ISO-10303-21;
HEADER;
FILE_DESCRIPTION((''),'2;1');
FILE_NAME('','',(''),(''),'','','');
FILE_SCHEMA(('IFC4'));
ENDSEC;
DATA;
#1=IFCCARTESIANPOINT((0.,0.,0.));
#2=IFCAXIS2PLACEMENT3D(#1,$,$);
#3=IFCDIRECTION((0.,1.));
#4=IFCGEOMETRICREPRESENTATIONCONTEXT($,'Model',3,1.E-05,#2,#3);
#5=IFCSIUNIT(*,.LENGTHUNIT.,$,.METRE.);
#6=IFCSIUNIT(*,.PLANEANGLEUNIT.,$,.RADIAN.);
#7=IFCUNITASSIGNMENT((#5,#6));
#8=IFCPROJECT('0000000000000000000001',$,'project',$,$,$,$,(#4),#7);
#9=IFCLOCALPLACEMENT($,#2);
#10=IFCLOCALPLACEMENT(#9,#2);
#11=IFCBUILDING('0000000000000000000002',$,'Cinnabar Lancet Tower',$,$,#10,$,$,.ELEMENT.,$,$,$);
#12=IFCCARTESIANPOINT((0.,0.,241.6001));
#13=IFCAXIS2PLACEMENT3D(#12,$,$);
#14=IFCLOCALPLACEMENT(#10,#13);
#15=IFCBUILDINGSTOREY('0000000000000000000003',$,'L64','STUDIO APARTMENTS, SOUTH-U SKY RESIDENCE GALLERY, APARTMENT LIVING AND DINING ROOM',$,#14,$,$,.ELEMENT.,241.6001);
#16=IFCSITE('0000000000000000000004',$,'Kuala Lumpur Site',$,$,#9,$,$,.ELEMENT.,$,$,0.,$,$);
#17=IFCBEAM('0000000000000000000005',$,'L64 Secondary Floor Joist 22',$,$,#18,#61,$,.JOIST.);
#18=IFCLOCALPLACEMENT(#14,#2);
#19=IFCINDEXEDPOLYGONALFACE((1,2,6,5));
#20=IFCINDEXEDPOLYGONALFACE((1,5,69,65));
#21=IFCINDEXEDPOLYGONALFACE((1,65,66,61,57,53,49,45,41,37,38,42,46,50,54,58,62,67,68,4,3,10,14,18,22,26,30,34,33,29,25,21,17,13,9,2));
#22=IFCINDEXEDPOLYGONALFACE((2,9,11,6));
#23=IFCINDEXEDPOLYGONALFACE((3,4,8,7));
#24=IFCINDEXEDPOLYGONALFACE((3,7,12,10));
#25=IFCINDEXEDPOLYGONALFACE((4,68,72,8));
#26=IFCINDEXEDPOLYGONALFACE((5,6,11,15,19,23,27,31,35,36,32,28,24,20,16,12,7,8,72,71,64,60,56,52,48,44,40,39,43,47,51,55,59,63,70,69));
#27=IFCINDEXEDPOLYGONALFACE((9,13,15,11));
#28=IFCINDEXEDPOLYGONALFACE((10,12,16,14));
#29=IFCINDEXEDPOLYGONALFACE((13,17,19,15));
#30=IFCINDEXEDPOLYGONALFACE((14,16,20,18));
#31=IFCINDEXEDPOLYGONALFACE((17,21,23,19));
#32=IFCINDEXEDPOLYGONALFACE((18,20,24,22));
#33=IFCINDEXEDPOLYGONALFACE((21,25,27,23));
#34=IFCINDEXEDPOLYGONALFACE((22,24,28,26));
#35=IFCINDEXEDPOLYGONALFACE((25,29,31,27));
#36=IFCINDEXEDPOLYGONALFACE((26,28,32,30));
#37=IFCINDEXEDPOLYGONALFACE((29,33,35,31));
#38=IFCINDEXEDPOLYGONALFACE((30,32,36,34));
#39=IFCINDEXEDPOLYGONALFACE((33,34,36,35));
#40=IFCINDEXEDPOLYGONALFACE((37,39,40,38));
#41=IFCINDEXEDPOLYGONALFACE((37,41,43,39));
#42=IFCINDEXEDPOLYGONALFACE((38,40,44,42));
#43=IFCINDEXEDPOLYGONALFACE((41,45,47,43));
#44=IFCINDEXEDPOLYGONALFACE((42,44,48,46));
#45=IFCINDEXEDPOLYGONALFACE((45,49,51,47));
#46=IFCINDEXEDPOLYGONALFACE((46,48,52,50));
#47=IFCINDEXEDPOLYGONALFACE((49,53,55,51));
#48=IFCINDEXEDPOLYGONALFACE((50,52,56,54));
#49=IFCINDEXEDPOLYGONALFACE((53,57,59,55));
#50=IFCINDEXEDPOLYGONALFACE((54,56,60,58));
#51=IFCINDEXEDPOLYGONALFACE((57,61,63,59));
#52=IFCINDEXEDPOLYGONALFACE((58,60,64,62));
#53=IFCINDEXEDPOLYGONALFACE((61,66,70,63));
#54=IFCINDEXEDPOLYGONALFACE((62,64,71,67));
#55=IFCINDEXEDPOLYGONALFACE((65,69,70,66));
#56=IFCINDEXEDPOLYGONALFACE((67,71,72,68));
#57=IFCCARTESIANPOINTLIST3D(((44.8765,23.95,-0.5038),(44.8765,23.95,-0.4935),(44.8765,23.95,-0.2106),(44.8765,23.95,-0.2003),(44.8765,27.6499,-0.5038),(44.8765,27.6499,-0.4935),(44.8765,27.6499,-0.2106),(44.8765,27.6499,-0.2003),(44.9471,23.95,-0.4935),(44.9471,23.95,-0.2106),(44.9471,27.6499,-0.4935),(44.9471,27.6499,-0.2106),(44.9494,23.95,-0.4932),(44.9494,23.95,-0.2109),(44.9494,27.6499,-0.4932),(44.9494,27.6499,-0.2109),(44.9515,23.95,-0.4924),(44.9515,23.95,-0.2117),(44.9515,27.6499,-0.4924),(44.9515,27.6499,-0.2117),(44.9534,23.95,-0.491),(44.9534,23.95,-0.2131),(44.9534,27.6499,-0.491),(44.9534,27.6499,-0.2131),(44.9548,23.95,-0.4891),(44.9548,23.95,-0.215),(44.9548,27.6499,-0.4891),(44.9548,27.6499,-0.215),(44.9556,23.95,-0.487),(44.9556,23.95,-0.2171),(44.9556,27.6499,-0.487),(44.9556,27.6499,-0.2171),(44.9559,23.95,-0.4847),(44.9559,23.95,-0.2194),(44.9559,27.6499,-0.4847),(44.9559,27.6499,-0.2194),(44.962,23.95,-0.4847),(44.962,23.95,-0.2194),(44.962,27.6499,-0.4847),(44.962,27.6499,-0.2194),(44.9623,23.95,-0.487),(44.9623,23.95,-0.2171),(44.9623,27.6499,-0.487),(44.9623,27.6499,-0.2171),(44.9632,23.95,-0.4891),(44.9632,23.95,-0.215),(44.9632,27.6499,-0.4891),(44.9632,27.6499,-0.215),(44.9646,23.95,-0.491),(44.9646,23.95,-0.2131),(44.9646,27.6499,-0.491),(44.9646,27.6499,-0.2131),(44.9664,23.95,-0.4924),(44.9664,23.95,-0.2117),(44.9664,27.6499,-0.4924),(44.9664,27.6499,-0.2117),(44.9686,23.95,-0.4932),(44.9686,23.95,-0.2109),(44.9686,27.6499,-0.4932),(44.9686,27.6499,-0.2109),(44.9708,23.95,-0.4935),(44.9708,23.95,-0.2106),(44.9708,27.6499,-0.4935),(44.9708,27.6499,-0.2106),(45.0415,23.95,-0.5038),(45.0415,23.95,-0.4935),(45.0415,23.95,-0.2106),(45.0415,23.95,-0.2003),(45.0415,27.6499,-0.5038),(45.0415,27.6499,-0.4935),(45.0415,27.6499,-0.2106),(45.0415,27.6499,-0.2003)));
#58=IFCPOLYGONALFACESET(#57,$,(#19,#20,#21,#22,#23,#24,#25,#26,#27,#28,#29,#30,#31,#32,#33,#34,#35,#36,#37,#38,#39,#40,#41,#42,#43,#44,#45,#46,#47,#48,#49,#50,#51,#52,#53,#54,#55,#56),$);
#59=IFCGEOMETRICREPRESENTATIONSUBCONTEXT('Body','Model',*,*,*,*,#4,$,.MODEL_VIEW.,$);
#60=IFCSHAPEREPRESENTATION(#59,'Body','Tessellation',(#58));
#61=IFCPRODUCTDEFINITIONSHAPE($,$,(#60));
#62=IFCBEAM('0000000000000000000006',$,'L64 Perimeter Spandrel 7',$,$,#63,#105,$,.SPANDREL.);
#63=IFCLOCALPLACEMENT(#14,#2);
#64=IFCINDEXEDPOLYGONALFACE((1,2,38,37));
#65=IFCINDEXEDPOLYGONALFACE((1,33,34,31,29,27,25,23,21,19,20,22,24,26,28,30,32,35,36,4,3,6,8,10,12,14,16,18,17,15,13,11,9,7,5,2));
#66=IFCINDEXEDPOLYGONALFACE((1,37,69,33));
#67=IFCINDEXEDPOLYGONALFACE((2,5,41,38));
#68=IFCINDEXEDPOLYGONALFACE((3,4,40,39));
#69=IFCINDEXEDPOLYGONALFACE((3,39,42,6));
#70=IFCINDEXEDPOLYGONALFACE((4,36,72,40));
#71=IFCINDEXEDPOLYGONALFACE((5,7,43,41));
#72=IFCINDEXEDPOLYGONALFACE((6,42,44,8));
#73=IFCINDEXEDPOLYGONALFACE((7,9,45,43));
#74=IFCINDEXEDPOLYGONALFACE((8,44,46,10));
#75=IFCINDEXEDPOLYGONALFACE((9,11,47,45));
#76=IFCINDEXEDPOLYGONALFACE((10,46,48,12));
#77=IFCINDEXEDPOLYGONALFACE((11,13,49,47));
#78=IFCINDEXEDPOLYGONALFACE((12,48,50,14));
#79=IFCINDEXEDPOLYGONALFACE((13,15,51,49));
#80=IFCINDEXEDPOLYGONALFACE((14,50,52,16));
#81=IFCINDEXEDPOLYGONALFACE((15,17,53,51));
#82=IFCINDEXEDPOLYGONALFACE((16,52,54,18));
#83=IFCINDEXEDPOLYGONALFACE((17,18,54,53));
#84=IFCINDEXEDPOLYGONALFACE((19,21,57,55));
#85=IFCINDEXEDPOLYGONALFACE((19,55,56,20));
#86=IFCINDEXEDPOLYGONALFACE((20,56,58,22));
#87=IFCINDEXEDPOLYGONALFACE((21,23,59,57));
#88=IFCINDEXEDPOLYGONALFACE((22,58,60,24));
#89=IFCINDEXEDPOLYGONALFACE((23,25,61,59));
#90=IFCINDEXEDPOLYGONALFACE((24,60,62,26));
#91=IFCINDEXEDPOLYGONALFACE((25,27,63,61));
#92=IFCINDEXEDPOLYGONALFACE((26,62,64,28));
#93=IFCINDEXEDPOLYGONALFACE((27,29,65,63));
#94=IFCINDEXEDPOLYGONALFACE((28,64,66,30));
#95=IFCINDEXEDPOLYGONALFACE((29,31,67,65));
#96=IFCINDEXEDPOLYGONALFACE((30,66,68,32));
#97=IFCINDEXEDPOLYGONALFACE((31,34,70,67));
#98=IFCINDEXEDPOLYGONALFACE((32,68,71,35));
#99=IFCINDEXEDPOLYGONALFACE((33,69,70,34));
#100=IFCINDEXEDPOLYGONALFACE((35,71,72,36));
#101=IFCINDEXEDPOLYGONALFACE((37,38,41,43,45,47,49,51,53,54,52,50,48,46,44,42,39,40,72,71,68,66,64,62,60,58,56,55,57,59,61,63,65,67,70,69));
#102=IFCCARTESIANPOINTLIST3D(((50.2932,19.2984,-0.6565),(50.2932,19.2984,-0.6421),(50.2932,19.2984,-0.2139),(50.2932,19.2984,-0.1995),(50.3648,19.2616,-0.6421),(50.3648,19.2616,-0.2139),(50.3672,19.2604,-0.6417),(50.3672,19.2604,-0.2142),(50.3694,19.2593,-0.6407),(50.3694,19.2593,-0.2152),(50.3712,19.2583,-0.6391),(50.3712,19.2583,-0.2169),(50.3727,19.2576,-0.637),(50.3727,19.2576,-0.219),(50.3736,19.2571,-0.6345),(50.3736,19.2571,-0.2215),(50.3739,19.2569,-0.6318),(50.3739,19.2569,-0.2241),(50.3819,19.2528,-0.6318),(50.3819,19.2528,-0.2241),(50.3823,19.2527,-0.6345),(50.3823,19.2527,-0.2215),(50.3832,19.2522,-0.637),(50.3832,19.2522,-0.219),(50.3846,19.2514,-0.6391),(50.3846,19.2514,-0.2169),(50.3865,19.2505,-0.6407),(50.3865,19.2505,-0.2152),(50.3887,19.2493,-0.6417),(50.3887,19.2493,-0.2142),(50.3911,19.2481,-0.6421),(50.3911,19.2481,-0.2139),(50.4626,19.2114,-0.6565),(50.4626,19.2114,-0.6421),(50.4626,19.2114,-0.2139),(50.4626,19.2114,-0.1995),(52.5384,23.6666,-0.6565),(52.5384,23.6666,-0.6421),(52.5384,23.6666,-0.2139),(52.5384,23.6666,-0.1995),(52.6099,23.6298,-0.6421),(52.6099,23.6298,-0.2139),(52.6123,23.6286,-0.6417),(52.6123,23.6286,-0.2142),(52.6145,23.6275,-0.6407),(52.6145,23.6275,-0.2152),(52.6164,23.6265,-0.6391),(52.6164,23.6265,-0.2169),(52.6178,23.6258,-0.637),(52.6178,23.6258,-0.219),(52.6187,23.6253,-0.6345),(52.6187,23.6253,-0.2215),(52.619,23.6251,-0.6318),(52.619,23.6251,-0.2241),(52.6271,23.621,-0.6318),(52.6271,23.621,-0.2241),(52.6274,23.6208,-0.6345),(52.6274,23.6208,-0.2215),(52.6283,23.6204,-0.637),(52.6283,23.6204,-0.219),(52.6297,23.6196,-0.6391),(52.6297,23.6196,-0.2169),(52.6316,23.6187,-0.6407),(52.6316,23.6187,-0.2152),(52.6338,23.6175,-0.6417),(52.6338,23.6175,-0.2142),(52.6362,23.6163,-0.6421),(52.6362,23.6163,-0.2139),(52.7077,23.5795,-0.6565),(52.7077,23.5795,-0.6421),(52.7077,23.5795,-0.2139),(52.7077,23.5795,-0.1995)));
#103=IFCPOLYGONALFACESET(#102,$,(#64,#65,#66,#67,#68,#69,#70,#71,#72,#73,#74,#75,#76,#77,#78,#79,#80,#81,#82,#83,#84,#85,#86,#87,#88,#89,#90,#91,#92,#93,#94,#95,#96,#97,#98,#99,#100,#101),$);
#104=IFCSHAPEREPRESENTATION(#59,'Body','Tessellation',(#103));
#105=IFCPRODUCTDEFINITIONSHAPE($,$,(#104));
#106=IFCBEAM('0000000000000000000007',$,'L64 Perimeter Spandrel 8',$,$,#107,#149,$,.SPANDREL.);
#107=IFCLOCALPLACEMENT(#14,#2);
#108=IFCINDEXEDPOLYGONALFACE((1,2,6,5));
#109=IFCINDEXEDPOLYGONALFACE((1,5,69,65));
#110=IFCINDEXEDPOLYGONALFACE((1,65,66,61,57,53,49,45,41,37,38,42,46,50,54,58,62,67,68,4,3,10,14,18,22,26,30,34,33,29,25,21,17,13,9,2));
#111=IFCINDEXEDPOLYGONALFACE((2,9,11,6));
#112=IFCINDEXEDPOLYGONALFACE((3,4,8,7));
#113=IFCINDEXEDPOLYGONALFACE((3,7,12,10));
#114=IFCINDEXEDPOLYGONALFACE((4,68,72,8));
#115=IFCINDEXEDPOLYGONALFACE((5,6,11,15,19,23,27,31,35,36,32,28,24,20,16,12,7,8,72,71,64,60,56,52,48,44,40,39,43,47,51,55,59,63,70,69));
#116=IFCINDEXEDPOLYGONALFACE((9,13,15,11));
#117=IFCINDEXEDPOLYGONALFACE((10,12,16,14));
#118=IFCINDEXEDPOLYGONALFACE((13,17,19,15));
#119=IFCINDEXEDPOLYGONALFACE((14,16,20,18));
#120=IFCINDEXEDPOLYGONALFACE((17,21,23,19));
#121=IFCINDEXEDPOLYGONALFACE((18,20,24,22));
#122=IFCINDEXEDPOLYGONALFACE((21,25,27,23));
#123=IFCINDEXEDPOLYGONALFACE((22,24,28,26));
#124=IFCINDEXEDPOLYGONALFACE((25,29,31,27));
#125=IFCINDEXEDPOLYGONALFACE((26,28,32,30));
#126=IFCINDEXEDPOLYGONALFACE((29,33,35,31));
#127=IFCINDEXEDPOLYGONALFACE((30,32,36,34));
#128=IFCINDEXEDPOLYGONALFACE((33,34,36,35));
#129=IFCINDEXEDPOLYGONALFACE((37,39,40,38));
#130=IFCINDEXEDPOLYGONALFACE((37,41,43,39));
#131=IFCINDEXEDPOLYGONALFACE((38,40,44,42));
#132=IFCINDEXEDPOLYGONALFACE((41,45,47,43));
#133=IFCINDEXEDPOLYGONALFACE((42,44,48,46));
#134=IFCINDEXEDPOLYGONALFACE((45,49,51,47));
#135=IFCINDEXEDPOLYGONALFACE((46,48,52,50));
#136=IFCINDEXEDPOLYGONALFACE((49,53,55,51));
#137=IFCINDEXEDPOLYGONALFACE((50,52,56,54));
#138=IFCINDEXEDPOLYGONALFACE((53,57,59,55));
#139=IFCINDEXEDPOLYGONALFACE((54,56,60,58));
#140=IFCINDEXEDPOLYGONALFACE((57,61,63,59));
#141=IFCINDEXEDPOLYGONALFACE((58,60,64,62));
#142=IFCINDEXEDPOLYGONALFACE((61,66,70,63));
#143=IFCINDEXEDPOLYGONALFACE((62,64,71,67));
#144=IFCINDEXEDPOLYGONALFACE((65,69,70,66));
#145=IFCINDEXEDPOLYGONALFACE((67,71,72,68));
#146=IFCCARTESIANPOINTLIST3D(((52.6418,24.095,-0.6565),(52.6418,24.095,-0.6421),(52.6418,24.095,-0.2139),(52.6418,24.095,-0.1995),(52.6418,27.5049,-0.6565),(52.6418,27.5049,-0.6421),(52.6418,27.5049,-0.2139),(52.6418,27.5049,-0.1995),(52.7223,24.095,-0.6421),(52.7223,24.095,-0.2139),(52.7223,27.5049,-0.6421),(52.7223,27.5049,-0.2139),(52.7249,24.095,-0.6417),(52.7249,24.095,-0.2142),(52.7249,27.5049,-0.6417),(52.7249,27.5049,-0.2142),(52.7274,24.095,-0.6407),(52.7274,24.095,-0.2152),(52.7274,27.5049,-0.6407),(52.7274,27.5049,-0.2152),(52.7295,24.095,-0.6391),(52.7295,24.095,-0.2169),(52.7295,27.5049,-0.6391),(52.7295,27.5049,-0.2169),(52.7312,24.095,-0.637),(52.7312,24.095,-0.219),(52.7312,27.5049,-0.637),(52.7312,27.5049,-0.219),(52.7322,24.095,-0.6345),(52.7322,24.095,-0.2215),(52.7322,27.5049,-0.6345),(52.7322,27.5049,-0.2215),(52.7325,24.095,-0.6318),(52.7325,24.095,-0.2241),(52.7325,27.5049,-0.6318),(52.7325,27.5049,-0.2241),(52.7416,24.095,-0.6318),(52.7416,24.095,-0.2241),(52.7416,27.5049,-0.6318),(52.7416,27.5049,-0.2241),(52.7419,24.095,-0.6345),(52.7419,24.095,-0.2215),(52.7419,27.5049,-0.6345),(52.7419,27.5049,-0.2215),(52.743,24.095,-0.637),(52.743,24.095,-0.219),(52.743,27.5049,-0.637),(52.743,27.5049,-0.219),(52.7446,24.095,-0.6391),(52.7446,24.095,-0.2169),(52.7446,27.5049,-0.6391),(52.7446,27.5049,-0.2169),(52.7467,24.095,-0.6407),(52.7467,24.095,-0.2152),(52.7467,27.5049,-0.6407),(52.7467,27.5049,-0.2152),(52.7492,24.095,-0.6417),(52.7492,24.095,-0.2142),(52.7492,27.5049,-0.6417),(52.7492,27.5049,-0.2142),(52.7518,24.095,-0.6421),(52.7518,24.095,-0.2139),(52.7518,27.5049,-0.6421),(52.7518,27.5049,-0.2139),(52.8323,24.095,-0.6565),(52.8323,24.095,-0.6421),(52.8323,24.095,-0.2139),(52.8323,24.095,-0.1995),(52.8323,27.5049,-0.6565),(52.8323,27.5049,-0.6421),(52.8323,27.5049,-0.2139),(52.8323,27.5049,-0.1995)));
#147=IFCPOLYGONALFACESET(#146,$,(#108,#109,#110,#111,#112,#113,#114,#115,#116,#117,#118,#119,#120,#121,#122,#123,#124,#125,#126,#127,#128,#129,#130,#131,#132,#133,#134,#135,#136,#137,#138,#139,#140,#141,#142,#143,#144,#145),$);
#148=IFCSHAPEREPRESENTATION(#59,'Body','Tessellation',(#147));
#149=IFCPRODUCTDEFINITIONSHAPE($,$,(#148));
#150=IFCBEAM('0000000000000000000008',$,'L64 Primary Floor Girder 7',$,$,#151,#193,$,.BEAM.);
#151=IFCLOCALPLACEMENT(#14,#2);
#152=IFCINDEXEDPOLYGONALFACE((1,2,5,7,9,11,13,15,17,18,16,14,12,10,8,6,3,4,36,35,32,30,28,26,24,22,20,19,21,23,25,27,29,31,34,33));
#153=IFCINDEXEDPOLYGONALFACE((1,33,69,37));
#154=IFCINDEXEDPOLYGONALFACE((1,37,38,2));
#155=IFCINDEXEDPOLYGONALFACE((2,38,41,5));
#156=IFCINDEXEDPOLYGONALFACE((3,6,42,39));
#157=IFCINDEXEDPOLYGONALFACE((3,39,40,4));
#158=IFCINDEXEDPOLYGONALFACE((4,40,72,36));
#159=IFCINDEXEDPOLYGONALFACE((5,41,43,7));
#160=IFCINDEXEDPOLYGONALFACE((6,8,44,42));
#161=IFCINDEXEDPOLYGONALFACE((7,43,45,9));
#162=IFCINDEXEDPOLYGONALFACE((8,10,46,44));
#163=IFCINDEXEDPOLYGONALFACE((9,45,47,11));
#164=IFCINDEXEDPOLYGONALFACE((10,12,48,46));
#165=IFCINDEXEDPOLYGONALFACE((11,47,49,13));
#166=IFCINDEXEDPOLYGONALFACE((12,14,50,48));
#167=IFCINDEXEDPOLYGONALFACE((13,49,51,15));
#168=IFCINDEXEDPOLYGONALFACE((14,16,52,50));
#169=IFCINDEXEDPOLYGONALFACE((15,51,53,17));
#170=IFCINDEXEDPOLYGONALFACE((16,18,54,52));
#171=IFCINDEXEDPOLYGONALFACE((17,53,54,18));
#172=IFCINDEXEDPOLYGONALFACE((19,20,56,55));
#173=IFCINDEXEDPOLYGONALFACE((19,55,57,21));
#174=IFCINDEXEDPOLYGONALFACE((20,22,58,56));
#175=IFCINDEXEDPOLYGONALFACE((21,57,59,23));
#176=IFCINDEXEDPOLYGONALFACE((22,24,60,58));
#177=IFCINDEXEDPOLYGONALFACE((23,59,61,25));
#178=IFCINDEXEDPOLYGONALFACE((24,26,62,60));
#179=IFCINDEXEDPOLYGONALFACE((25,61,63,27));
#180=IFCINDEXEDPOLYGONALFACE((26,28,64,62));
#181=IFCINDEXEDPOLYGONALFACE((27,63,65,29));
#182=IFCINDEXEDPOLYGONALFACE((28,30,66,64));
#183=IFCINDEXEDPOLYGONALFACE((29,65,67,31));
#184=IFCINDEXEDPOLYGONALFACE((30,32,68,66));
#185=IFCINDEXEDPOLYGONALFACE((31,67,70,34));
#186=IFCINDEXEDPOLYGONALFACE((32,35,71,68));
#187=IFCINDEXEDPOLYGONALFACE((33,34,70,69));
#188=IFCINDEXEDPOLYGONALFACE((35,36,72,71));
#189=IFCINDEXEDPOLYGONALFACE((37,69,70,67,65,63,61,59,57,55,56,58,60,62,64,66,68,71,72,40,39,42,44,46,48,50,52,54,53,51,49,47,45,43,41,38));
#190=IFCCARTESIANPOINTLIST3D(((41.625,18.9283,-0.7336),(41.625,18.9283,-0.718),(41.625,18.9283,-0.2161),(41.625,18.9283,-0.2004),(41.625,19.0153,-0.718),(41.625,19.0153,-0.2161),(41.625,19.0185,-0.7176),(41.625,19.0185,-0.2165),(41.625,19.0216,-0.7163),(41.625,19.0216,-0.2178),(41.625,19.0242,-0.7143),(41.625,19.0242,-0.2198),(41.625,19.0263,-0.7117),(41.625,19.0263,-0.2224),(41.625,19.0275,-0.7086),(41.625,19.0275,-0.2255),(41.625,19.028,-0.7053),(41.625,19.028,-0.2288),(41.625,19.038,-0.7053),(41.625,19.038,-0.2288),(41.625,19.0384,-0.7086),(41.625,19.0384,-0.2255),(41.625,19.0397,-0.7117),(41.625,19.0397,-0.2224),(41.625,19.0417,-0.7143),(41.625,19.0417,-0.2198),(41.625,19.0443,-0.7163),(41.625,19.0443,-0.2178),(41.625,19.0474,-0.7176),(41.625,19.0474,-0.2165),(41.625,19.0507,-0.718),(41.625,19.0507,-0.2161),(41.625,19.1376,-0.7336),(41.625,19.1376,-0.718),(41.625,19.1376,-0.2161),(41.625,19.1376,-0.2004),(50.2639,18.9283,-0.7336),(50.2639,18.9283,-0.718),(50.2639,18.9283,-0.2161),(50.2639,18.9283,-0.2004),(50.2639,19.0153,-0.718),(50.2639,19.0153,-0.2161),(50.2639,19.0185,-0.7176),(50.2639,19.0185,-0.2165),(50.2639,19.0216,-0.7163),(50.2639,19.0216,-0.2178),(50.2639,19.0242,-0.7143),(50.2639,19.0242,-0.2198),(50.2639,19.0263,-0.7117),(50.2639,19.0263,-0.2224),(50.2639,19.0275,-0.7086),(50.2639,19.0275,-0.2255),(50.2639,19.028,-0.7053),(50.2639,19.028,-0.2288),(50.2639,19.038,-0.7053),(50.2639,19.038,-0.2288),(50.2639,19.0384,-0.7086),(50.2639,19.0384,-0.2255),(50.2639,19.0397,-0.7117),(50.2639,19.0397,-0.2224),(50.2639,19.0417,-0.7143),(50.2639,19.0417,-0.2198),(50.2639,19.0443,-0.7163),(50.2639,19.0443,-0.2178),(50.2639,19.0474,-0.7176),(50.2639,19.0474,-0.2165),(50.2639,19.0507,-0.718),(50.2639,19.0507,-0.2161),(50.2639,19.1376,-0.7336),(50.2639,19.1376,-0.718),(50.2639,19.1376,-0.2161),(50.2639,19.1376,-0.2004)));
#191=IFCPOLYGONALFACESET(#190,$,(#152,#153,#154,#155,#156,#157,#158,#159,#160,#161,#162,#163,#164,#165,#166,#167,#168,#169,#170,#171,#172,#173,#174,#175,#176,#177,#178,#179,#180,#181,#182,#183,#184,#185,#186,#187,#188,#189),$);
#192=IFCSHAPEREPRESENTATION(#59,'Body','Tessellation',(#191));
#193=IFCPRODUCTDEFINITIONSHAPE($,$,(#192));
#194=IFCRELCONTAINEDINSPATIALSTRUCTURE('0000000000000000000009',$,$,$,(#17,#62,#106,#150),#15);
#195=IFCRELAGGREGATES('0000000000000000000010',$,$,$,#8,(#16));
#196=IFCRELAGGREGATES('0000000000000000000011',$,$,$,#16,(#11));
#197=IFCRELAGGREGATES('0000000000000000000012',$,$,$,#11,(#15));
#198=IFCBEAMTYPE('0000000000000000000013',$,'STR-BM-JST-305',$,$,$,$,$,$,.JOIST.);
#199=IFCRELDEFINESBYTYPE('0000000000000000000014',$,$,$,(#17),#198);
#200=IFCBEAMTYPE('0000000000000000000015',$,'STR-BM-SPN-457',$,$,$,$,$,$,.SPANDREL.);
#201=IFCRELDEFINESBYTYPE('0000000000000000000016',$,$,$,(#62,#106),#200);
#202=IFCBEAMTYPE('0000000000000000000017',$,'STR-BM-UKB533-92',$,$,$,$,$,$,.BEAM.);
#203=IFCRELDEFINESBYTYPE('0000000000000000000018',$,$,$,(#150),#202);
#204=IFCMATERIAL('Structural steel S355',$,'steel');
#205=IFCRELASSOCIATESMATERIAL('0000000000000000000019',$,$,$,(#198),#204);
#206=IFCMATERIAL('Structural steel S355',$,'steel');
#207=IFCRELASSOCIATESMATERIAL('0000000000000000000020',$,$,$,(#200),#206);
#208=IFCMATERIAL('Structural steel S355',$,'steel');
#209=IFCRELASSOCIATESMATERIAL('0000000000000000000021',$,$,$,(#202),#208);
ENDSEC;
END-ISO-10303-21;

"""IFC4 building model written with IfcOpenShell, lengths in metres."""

from ifc_helpers import new_model, si_unit, direction, frame, origin, origin_2d, place, context, subcontext, project, spatial, i_section, extrude, material, material_profile, profile_set, type_object, element, save


model = new_model("IFC4")

# Units and contexts
model_context = context("Model", 3, precision=1e-05, world=origin(), true_north=direction((0.0, 1.0)))
body_context = subcontext(model_context, "Body", "Model", "MODEL_VIEW")
ifc_project = project(units=[si_unit("LENGTHUNIT", "METRE"), si_unit("PLANEANGLEUNIT", "RADIAN")], contexts=[model_context])

# Site, building, storey
site_placement = place(None, origin())
site = spatial("IfcSite", under=ifc_project, at=site_placement, Name="Kuala Lumpur Site", CompositionType="ELEMENT", RefElevation=0.0)
building_placement = place(site_placement, origin())
building = spatial("IfcBuilding", under=site, at=building_placement, Name="Cinnabar Lancet Tower", CompositionType="ELEMENT")
storey_placement = place(building_placement, frame((0.0, 0.0, 241.6001)))
storey = spatial("IfcBuildingStorey", under=building, at=storey_placement, Name="L64", Description="STUDIO APARTMENTS, SOUTH-U SKY RESIDENCE GALLERY, APARTMENT LIVING AND DINING ROOM", CompositionType="ELEMENT", Elevation=241.6001)

# Beams
ifc_material_1 = material(Name="Structural steel S355", Category="steel")
ifc_material_profile_1 = material_profile(ifc_material_1, i_section(OverallWidth=0.165, OverallDepth=0.3035, WebThickness=0.0061, FlangeThickness=0.0103, FilletRadius=0.0088, at=origin_2d()), Name="UKB 305x165x40")
ifc_profile_set_1 = profile_set([ifc_material_profile_1], Name="Structural steel S355")
beam_type_1 = type_object("IfcBeamType", Name="STR-BM-JST-305", PredefinedType="JOIST", material=ifc_profile_set_1)
for number, where, z_axis, x_axis, name in (
    (1, (44.959, 23.95, -0.3521), (0.0, 1.0, 0.0), (-1.0, 0.0, 0.0), "L64 Secondary Floor Joist 22"),
):
    element("IfcBeam", number, at=place(storey_placement, frame(where, z_axis=z_axis, x_axis=x_axis)), inside=storey, type_object=beam_type_1, Name=name, PredefinedType="JOIST", context=body_context, shape_type="SweptSolid", body=[
        extrude(i_section(OverallWidth=0.165, OverallDepth=0.3035, WebThickness=0.0061, FlangeThickness=0.0103, FilletRadius=0.0088, at=origin_2d()), origin(), (0.0, 0.0, 1.0), 3.7),
    ])
ifc_material_2 = material(Name="Structural steel S355", Category="steel")
ifc_material_profile_2 = material_profile(ifc_material_2, i_section(OverallWidth=0.1904, OverallDepth=0.457, WebThickness=0.009, FlangeThickness=0.0144, FilletRadius=0.0103, at=origin_2d()), Name="UKB 457x191x74")
ifc_profile_set_2 = profile_set([ifc_material_profile_2], Name="Structural steel S355")
beam_type_2 = type_object("IfcBeamType", Name="STR-BM-SPN-457", PredefinedType="SPANDREL", material=ifc_profile_set_2)
beam_1_placement = place(storey_placement, frame((50.3779, 19.2549, -0.428), z_axis=(0.457128, 0.889401, 0.0), x_axis=(-0.889401, 0.457128, 0.0)))
element("IfcBeam", 2, at=beam_1_placement, inside=storey, type_object=beam_type_2, Name="L64 Perimeter Spandrel 7", PredefinedType="SPANDREL", context=body_context, shape_type="SweptSolid", body=[
    extrude(i_section(OverallWidth=0.1904, OverallDepth=0.457, WebThickness=0.009, FlangeThickness=0.0144, FilletRadius=0.0103, at=origin_2d()), origin(), (0.0, 0.0, 1.0), 4.9114),
])
beam_2_placement = place(storey_placement, frame((52.7371, 24.095, -0.428), z_axis=(0.0, 1.0, 0.0), x_axis=(-1.0, 0.0, 0.0)))
element("IfcBeam", 3, at=beam_2_placement, inside=storey, type_object=beam_type_2, Name="L64 Perimeter Spandrel 8", PredefinedType="SPANDREL", context=body_context, shape_type="SweptSolid", body=[
    extrude(i_section(OverallWidth=0.1904, OverallDepth=0.457, WebThickness=0.009, FlangeThickness=0.0144, FilletRadius=0.0103, at=origin_2d()), origin(), (0.0, 0.0, 1.0), 3.4099),
])
ifc_material_3 = material(Name="Structural steel S355", Category="steel")
ifc_material_profile_3 = material_profile(ifc_material_3, i_section(OverallWidth=0.2092, OverallDepth=0.5332, WebThickness=0.01, FlangeThickness=0.0156, FilletRadius=0.0127, at=origin_2d()), Name="UKB 533x210x92")
ifc_profile_set_3 = profile_set([ifc_material_profile_3], Name="Structural steel S355")
beam_type_3 = type_object("IfcBeamType", Name="STR-BM-UKB533-92", PredefinedType="BEAM", material=ifc_profile_set_3)
beam_3_placement = place(storey_placement, frame((50.2639, 19.033, -0.467), z_axis=(-1.0, 0.0, 0.0), x_axis=(0.0, -1.0, 0.0)))
element("IfcBeam", 4, at=beam_3_placement, inside=storey, type_object=beam_type_3, Name="L64 Primary Floor Girder 7", PredefinedType="BEAM", context=body_context, shape_type="SweptSolid", body=[
    extrude(i_section(OverallWidth=0.2092, OverallDepth=0.5332, WebThickness=0.01, FlangeThickness=0.0156, FilletRadius=0.0127, at=origin_2d()), origin(), (0.0, 0.0, 1.0), 8.6389),
])

save(model, "model.ifc")
